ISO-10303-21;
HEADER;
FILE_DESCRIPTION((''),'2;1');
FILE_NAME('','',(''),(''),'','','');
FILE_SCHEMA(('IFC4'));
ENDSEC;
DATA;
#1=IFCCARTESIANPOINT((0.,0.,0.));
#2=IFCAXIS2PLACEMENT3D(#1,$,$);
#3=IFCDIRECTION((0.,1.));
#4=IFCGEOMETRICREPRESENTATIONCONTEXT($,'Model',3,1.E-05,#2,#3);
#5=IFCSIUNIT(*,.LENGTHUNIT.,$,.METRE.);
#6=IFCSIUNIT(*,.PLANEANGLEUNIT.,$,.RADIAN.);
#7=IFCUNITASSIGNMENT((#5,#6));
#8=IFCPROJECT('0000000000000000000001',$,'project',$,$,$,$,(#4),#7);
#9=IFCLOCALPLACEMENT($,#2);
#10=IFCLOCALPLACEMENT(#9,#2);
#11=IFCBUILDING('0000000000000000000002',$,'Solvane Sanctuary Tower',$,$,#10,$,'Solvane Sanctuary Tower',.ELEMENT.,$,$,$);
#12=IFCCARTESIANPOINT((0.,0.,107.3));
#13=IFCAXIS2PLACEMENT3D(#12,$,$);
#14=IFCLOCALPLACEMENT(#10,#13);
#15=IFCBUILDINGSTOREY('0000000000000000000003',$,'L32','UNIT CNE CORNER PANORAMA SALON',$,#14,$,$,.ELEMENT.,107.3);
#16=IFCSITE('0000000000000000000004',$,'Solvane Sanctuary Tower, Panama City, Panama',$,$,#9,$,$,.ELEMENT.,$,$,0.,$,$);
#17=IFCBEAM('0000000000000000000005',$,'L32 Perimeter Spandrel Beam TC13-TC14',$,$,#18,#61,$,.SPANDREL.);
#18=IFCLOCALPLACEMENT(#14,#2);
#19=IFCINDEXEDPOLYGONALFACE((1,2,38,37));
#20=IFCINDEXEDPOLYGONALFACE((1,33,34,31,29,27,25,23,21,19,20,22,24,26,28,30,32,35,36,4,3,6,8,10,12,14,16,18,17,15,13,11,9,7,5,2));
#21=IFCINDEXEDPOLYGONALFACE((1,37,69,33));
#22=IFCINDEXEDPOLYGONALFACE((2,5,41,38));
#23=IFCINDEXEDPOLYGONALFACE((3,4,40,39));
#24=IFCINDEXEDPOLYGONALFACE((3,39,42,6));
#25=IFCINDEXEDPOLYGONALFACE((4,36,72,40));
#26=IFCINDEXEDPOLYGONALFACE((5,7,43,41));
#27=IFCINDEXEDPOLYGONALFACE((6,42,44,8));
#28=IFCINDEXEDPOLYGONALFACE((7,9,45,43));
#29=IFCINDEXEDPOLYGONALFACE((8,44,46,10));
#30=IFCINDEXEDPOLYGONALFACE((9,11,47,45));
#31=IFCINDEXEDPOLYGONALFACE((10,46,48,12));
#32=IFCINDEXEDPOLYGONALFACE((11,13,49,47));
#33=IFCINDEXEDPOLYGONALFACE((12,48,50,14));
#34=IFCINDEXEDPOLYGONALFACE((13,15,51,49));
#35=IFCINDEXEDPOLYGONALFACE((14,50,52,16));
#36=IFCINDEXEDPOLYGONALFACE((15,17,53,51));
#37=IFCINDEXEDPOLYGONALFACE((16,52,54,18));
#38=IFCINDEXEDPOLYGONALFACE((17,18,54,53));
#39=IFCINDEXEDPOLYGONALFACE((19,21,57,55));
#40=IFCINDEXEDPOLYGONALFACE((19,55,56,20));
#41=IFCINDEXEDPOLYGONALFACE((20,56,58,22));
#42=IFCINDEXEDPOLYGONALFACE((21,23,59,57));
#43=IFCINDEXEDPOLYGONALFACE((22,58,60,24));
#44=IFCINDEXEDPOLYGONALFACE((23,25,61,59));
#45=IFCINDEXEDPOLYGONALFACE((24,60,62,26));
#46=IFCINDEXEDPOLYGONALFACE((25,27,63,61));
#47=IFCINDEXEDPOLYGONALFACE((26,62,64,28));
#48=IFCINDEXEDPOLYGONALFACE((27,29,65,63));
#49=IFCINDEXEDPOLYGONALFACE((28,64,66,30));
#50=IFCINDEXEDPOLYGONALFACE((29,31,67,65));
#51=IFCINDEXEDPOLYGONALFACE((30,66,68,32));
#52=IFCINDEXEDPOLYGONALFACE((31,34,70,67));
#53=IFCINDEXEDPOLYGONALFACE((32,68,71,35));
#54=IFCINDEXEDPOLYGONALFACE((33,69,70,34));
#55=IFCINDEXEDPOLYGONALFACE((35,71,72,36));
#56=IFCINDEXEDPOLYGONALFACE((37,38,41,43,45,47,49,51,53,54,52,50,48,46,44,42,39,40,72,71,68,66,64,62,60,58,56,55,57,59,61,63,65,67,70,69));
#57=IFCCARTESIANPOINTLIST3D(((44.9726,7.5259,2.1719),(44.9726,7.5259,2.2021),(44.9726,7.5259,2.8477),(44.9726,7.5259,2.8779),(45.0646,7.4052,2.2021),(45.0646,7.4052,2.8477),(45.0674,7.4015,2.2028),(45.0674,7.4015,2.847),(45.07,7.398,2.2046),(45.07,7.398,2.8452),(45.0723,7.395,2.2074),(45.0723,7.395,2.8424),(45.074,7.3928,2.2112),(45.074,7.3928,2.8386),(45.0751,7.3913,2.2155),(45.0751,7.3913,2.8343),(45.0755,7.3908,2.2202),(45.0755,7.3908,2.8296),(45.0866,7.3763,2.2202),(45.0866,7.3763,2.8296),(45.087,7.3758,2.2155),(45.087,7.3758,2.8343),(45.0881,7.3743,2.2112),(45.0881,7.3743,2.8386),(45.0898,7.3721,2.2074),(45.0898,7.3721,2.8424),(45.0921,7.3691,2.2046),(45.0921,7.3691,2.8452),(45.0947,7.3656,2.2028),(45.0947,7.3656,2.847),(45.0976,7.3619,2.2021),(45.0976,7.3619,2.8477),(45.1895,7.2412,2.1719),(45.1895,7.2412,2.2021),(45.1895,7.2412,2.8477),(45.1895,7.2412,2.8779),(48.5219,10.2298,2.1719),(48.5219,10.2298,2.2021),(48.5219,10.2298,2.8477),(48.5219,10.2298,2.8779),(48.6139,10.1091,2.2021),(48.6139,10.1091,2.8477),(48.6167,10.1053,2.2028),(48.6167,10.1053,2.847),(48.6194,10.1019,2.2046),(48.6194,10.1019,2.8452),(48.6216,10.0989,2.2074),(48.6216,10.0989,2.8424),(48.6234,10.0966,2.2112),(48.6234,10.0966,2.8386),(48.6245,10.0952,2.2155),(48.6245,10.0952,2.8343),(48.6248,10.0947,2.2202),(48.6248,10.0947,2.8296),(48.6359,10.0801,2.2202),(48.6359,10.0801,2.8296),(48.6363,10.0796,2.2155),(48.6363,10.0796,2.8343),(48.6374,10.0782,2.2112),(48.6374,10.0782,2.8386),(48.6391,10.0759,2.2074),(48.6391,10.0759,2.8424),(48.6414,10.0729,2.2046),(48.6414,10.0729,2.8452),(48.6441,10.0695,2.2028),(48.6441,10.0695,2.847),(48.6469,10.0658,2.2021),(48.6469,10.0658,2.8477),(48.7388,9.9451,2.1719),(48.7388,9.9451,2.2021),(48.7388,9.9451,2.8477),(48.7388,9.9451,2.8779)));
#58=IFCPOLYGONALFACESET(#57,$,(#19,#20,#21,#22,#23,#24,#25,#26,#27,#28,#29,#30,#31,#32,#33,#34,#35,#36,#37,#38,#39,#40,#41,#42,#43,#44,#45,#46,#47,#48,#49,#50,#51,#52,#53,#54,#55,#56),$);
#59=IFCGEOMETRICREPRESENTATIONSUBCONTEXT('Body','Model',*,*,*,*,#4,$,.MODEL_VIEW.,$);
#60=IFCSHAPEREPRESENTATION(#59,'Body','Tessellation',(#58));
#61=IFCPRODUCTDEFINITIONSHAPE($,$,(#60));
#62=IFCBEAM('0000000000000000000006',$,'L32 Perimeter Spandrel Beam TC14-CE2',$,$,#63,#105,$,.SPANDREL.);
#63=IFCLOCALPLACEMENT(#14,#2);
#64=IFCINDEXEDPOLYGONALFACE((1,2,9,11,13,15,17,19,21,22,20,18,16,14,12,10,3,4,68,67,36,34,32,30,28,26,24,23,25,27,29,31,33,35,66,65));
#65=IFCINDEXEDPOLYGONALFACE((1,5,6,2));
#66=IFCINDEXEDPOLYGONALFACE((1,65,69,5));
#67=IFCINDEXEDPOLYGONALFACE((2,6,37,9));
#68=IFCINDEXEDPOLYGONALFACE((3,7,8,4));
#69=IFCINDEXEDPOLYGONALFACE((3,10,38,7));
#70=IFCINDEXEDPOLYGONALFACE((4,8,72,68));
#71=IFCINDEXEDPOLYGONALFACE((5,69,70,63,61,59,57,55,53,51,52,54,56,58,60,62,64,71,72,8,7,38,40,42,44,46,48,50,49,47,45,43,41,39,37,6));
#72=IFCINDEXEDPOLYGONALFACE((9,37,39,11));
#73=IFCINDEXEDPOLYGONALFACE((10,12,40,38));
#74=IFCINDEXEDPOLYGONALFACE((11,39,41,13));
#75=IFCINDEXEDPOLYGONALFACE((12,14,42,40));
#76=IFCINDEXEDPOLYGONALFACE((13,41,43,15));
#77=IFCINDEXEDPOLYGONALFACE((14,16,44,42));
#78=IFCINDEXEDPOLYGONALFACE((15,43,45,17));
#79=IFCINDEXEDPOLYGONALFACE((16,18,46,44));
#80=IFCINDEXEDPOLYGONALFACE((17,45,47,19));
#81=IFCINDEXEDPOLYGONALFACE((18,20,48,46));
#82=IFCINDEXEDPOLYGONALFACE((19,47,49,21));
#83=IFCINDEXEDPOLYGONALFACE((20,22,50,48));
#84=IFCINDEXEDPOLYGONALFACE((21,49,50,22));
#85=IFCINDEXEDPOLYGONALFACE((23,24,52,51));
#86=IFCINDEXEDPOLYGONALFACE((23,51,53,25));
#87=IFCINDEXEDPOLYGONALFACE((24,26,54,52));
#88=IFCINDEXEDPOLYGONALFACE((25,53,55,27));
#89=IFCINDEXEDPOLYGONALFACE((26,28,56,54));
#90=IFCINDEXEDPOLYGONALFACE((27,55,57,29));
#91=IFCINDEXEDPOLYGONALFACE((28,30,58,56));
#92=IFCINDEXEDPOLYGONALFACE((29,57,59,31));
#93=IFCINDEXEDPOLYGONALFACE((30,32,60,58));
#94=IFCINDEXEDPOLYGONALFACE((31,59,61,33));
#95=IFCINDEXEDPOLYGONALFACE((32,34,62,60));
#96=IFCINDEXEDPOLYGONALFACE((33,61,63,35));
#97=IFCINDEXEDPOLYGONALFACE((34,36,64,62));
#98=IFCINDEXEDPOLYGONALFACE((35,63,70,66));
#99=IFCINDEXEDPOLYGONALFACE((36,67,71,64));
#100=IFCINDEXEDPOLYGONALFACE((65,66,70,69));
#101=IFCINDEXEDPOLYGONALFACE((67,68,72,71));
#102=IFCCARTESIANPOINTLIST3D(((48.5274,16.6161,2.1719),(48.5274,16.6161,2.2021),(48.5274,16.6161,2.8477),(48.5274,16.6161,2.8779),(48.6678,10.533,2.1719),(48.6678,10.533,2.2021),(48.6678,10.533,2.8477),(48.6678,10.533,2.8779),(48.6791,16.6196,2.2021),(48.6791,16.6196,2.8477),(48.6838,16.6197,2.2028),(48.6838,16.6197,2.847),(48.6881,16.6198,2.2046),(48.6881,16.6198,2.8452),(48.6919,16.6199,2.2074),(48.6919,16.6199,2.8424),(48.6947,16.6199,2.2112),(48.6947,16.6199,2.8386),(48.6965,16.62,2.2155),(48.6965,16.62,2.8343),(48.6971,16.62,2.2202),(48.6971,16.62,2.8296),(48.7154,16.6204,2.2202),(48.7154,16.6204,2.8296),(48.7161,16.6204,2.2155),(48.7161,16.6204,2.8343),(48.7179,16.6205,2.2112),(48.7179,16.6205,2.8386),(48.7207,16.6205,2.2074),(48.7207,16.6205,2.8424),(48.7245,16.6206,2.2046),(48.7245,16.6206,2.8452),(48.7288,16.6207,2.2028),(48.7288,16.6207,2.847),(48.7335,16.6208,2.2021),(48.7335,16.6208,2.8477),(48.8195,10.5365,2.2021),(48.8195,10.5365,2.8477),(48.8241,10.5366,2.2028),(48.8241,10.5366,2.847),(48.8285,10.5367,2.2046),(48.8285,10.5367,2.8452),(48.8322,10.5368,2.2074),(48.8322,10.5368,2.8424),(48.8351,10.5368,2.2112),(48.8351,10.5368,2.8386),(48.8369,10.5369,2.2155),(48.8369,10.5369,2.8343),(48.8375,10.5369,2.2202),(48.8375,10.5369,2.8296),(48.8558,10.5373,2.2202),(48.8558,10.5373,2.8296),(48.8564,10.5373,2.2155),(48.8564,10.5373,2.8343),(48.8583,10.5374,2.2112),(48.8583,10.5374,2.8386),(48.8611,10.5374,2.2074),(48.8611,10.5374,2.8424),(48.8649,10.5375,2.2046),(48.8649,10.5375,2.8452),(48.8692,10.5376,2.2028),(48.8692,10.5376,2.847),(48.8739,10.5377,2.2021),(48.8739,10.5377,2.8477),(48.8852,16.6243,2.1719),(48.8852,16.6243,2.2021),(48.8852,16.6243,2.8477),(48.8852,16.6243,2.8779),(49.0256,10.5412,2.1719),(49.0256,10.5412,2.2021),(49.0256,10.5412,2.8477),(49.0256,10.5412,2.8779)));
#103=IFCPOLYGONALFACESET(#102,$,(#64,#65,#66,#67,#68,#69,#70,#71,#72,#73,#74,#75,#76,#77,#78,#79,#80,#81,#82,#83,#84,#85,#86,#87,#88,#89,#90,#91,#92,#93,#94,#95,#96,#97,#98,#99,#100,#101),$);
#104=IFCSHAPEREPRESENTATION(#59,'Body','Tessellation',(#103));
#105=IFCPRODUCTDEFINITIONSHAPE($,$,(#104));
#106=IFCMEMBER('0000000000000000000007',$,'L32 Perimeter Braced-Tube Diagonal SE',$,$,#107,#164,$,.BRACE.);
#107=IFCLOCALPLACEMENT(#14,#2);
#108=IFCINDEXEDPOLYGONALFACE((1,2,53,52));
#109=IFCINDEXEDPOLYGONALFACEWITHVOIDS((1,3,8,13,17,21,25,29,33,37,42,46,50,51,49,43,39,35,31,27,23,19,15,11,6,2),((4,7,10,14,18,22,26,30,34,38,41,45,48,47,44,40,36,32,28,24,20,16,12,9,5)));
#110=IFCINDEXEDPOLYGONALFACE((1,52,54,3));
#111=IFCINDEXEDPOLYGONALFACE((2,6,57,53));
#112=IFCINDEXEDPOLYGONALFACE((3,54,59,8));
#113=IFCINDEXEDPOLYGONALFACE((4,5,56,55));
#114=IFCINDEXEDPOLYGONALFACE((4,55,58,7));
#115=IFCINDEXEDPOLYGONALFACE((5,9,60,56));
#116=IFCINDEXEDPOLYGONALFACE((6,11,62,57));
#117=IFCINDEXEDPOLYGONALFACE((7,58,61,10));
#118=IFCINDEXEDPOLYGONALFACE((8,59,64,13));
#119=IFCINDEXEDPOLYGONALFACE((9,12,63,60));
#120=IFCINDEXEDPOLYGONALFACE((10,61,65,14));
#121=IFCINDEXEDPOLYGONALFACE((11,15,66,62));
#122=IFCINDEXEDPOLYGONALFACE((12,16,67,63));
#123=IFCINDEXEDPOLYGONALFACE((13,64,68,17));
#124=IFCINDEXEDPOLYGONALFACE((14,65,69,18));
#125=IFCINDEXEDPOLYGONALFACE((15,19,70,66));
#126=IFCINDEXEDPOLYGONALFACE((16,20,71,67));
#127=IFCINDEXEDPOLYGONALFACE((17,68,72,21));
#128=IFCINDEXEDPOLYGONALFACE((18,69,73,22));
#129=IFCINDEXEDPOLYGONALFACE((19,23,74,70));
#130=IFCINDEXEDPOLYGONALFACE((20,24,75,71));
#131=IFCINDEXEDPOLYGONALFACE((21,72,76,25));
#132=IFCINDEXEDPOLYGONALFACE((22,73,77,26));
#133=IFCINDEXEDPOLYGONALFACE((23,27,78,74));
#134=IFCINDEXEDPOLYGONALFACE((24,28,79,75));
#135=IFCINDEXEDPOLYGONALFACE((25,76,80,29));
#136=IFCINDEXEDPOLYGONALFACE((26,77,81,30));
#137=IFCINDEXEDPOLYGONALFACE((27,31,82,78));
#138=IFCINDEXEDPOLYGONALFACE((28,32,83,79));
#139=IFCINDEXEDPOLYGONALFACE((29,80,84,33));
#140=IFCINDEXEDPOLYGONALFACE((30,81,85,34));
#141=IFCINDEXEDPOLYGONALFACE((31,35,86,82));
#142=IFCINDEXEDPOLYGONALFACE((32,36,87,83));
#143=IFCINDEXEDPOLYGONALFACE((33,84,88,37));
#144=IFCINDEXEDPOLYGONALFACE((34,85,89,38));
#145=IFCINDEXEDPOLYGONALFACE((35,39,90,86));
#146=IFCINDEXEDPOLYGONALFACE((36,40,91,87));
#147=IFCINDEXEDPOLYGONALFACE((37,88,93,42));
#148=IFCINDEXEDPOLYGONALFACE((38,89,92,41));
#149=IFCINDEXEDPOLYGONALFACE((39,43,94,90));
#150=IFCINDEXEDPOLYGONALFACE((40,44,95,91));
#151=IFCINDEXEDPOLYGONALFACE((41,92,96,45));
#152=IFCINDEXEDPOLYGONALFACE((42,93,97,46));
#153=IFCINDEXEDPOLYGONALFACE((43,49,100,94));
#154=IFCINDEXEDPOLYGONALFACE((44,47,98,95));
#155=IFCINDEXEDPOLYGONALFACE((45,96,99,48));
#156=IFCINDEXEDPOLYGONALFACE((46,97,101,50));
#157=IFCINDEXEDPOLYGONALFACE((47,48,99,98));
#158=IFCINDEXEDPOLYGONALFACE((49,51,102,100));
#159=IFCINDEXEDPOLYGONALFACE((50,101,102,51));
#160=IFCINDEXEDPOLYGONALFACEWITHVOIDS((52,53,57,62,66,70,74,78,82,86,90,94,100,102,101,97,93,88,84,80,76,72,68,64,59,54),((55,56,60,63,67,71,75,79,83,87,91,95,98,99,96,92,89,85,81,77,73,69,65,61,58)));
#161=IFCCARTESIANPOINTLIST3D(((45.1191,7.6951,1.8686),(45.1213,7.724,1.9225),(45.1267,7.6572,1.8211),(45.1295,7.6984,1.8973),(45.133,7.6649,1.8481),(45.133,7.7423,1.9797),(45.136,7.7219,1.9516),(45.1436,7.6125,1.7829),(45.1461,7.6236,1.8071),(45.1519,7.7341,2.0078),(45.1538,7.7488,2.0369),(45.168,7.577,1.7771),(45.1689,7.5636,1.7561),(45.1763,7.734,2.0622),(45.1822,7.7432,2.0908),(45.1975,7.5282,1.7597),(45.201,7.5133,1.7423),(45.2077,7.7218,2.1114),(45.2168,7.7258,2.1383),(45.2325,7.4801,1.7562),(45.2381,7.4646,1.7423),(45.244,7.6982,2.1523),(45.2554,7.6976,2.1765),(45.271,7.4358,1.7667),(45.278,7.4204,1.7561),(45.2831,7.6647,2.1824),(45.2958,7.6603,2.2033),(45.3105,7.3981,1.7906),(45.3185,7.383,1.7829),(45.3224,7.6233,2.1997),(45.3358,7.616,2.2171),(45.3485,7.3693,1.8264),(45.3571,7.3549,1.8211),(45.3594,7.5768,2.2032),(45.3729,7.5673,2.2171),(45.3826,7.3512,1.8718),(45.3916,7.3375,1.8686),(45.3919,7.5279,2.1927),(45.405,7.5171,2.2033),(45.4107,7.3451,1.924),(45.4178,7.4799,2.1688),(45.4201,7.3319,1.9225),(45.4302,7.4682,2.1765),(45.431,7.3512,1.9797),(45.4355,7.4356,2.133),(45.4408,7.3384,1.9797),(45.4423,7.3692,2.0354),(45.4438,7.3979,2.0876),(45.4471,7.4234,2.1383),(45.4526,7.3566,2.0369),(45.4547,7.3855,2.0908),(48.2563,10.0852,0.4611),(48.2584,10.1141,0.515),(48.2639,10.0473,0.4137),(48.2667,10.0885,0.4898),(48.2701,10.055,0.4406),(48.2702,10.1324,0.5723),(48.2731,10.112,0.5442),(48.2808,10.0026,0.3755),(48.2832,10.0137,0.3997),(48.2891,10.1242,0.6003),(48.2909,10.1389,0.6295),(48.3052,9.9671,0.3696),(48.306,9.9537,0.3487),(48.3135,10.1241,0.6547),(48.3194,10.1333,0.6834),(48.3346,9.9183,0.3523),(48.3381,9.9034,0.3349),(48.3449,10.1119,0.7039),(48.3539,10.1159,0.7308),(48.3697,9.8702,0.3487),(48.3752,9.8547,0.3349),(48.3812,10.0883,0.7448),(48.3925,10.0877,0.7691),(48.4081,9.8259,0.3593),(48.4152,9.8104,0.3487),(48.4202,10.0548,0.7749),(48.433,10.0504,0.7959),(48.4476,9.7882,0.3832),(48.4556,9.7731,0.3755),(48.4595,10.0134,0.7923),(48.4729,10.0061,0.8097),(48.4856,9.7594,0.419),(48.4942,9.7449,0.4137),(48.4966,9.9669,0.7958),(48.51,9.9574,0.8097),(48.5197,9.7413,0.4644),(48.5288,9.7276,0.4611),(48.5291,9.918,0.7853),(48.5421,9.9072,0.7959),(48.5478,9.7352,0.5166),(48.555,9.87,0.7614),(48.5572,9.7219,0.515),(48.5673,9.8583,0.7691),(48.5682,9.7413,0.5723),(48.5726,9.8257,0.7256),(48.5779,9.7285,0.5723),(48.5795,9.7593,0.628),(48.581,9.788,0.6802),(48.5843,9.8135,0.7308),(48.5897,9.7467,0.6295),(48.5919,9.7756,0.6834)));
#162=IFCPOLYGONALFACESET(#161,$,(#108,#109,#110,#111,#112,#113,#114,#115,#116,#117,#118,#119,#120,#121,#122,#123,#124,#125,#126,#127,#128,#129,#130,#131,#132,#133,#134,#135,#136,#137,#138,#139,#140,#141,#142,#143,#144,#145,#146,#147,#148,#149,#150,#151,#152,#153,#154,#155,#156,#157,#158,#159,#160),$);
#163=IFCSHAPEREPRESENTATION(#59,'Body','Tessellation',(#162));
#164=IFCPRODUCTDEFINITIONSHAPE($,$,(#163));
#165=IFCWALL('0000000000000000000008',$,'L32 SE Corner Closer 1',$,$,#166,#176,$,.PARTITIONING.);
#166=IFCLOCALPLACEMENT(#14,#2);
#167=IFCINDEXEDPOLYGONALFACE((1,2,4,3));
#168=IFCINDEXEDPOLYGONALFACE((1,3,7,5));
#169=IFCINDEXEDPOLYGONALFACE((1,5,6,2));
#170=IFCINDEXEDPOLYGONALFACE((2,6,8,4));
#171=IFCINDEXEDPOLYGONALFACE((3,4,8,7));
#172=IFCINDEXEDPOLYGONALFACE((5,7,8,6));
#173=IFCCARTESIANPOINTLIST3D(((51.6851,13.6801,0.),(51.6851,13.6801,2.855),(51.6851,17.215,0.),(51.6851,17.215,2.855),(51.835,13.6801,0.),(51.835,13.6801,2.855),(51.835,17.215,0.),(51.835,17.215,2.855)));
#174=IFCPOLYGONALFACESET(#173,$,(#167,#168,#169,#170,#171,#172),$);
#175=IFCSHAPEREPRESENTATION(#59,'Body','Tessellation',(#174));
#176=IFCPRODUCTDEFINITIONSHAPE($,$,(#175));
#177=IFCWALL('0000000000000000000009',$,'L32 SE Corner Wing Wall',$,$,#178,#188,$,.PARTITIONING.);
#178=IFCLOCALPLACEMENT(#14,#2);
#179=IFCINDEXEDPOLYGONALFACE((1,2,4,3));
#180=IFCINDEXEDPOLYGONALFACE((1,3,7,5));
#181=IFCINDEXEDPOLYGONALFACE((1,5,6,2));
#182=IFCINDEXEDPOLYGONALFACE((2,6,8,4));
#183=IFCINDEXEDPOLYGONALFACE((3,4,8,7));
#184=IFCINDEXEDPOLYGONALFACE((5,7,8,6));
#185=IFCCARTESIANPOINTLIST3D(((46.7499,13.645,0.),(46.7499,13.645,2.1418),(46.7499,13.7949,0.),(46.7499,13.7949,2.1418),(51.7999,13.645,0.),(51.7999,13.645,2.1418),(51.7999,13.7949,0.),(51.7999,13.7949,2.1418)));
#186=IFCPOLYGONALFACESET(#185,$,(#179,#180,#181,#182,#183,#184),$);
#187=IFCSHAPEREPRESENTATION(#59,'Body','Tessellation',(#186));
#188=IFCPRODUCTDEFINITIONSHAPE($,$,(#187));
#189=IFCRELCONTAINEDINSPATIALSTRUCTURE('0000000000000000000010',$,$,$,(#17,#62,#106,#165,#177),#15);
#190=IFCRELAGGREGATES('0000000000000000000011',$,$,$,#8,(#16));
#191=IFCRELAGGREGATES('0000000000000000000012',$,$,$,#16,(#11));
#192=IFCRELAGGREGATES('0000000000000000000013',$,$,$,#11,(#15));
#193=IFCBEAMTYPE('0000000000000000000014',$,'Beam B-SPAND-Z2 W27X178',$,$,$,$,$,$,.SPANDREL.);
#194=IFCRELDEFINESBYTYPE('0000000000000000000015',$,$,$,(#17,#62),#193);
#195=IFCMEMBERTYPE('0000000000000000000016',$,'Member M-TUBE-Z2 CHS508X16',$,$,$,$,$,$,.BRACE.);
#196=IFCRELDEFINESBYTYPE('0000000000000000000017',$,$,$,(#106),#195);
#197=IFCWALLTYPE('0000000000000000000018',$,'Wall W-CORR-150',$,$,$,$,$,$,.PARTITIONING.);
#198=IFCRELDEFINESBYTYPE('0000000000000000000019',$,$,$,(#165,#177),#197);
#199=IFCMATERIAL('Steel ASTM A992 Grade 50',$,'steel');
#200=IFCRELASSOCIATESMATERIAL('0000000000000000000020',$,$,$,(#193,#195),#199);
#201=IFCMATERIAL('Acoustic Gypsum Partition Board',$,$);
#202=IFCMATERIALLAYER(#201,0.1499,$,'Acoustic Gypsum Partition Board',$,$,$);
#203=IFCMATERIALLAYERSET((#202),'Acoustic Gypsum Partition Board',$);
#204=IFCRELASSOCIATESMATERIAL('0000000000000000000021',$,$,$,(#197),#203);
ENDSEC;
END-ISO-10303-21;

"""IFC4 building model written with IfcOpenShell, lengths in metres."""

from ifc_helpers import new_model, si_unit, direction, frame, frame_2d, origin, origin_2d, place, context, subcontext, project, spatial, rectangle, hollow_circle, i_section, extrude, material, layer, layer_set, material_profile, profile_set, type_object, element, save


model = new_model("IFC4")

# Units and contexts
model_context = context("Model", 3, precision=1e-05, world=origin(), true_north=direction((0.0, 1.0)))
body_context = subcontext(model_context, "Body", "Model", "MODEL_VIEW")
ifc_project = project(units=[si_unit("LENGTHUNIT", "METRE"), si_unit("PLANEANGLEUNIT", "RADIAN")], contexts=[model_context])

# Site, building, storey
site_placement = place(None, origin())
site = spatial("IfcSite", under=ifc_project, at=site_placement, Name="Solvane Sanctuary Tower, Panama City, Panama", CompositionType="ELEMENT", RefElevation=0.0)
building_placement = place(site_placement, origin())
building = spatial("IfcBuilding", under=site, at=building_placement, Name="Solvane Sanctuary Tower", LongName="Solvane Sanctuary Tower", CompositionType="ELEMENT")
storey_placement = place(building_placement, frame((0.0, 0.0, 107.3)))
storey = spatial("IfcBuildingStorey", under=building, at=storey_placement, Name="L32", Description="UNIT CNE CORNER PANORAMA SALON", CompositionType="ELEMENT", Elevation=107.3)

# Beams
ifc_material_1 = material(Name="Steel ASTM A992 Grade 50", Category="steel")
ifc_material_profile_1 = material_profile(ifc_material_1, i_section(OverallWidth=0.3579, OverallDepth=0.7061, WebThickness=0.0183, FlangeThickness=0.0303, FilletRadius=0.0181, at=origin_2d()), Name="W27X178")
ifc_profile_set_1 = profile_set([ifc_material_profile_1], Name="Steel ASTM A992 Grade 50")
beam_type_1 = type_object("IfcBeamType", Name="Beam B-SPAND-Z2 W27X178", PredefinedType="SPANDREL", material=ifc_profile_set_1)
beam_1_placement = place(storey_placement, frame((45.0811, 7.3835, 2.5249), z_axis=(0.795473, 0.605989, 0.0), x_axis=(-0.605989, 0.795473, 0.0)))
element("IfcBeam", 1, at=beam_1_placement, inside=storey, type_object=beam_type_1, Name="L32 Perimeter Spandrel Beam TC13-TC14", PredefinedType="SPANDREL", context=body_context, shape_type="SweptSolid", body=[
    extrude(i_section(OverallWidth=0.3579, OverallDepth=0.7061, WebThickness=0.0183, FlangeThickness=0.0303, FilletRadius=0.0181, at=origin_2d()), origin(), (0.0, 0.0, 1.0), 4.4619),
])
beam_2_placement = place(storey_placement, frame((48.8467, 10.5371, 2.5249), z_axis=(-0.023071, 0.999734, 0.0), x_axis=(-0.999734, -0.023071, 0.0)))
element("IfcBeam", 2, at=beam_2_placement, inside=storey, type_object=beam_type_1, Name="L32 Perimeter Spandrel Beam TC14-CE2", PredefinedType="SPANDREL", context=body_context, shape_type="SweptSolid", body=[
    extrude(i_section(OverallWidth=0.3579, OverallDepth=0.7061, WebThickness=0.0183, FlangeThickness=0.0303, FilletRadius=0.0181, at=origin_2d()), origin(), (0.0, 0.0, 1.0), 6.0847),
])

# Member
ifc_material_profile_2 = material_profile(ifc_material_1, hollow_circle(Radius=0.2539, WallThickness=0.0161, at=origin_2d()), Name="CHS508X16")
ifc_profile_set_2 = profile_set([ifc_material_profile_2], Name="Steel ASTM A992 Grade 50")
member_type = type_object("IfcMemberType", Name="Member M-TUBE-Z2 CHS508X16", PredefinedType="BRACE", material=ifc_profile_set_2)
member_placement = place(storey_placement, frame((48.4241, 9.9304, 0.5723), z_axis=(-0.74917, -0.570769, 0.336106), x_axis=(0.606025, -0.795446, 0.0)))
element("IfcMember", 3, at=member_placement, inside=storey, type_object=member_type, Name="L32 Perimeter Braced-Tube Diagonal SE", PredefinedType="BRACE", context=body_context, shape_type="SweptSolid", body=[
    extrude(hollow_circle(Radius=0.2539, WallThickness=0.0161, at=origin_2d()), origin(), (0.0, 0.0, 1.0), 4.1875),
])

# Walls
ifc_material_2 = material(Name="Acoustic Gypsum Partition Board")
ifc_layer_1 = layer(ifc_material_2, 0.1499, Name="Acoustic Gypsum Partition Board")
ifc_layer_set_1 = layer_set([ifc_layer_1], Name="Acoustic Gypsum Partition Board")
wall_type_1 = type_object("IfcWallType", Name="Wall W-CORR-150", PredefinedType="PARTITIONING", material=ifc_layer_set_1)
wall_1_placement = place(storey_placement, frame((51.76, 13.6799, 0.0), z_axis=(0.0, 0.0, 1.0), x_axis=(0.0, 1.0, 0.0)))
element("IfcWall", 4, at=wall_1_placement, inside=storey, type_object=wall_type_1, Name="L32 SE Corner Closer 1", PredefinedType="PARTITIONING", context=body_context, shape_type="SweptSolid", body=[
    extrude(rectangle(XDim=3.5349, YDim=0.1499, at=frame_2d((1.7676, 0.0))), origin(), (0.0, 0.0, 1.0), 2.855),
])
wall_2_placement = place(storey_placement, frame((46.75, 13.72, 0.0), z_axis=(0.0, 0.0, 1.0), x_axis=(1.0, 0.0, 0.0)))
element("IfcWall", 5, at=wall_2_placement, inside=storey, type_object=wall_type_1, Name="L32 SE Corner Wing Wall", PredefinedType="PARTITIONING", context=body_context, shape_type="SweptSolid", body=[
    extrude(rectangle(XDim=5.05, YDim=0.1499, at=frame_2d((2.5249, 0.0))), origin(), (0.0, 0.0, 1.0), 2.1418),
])

save(model, "model.ifc")
